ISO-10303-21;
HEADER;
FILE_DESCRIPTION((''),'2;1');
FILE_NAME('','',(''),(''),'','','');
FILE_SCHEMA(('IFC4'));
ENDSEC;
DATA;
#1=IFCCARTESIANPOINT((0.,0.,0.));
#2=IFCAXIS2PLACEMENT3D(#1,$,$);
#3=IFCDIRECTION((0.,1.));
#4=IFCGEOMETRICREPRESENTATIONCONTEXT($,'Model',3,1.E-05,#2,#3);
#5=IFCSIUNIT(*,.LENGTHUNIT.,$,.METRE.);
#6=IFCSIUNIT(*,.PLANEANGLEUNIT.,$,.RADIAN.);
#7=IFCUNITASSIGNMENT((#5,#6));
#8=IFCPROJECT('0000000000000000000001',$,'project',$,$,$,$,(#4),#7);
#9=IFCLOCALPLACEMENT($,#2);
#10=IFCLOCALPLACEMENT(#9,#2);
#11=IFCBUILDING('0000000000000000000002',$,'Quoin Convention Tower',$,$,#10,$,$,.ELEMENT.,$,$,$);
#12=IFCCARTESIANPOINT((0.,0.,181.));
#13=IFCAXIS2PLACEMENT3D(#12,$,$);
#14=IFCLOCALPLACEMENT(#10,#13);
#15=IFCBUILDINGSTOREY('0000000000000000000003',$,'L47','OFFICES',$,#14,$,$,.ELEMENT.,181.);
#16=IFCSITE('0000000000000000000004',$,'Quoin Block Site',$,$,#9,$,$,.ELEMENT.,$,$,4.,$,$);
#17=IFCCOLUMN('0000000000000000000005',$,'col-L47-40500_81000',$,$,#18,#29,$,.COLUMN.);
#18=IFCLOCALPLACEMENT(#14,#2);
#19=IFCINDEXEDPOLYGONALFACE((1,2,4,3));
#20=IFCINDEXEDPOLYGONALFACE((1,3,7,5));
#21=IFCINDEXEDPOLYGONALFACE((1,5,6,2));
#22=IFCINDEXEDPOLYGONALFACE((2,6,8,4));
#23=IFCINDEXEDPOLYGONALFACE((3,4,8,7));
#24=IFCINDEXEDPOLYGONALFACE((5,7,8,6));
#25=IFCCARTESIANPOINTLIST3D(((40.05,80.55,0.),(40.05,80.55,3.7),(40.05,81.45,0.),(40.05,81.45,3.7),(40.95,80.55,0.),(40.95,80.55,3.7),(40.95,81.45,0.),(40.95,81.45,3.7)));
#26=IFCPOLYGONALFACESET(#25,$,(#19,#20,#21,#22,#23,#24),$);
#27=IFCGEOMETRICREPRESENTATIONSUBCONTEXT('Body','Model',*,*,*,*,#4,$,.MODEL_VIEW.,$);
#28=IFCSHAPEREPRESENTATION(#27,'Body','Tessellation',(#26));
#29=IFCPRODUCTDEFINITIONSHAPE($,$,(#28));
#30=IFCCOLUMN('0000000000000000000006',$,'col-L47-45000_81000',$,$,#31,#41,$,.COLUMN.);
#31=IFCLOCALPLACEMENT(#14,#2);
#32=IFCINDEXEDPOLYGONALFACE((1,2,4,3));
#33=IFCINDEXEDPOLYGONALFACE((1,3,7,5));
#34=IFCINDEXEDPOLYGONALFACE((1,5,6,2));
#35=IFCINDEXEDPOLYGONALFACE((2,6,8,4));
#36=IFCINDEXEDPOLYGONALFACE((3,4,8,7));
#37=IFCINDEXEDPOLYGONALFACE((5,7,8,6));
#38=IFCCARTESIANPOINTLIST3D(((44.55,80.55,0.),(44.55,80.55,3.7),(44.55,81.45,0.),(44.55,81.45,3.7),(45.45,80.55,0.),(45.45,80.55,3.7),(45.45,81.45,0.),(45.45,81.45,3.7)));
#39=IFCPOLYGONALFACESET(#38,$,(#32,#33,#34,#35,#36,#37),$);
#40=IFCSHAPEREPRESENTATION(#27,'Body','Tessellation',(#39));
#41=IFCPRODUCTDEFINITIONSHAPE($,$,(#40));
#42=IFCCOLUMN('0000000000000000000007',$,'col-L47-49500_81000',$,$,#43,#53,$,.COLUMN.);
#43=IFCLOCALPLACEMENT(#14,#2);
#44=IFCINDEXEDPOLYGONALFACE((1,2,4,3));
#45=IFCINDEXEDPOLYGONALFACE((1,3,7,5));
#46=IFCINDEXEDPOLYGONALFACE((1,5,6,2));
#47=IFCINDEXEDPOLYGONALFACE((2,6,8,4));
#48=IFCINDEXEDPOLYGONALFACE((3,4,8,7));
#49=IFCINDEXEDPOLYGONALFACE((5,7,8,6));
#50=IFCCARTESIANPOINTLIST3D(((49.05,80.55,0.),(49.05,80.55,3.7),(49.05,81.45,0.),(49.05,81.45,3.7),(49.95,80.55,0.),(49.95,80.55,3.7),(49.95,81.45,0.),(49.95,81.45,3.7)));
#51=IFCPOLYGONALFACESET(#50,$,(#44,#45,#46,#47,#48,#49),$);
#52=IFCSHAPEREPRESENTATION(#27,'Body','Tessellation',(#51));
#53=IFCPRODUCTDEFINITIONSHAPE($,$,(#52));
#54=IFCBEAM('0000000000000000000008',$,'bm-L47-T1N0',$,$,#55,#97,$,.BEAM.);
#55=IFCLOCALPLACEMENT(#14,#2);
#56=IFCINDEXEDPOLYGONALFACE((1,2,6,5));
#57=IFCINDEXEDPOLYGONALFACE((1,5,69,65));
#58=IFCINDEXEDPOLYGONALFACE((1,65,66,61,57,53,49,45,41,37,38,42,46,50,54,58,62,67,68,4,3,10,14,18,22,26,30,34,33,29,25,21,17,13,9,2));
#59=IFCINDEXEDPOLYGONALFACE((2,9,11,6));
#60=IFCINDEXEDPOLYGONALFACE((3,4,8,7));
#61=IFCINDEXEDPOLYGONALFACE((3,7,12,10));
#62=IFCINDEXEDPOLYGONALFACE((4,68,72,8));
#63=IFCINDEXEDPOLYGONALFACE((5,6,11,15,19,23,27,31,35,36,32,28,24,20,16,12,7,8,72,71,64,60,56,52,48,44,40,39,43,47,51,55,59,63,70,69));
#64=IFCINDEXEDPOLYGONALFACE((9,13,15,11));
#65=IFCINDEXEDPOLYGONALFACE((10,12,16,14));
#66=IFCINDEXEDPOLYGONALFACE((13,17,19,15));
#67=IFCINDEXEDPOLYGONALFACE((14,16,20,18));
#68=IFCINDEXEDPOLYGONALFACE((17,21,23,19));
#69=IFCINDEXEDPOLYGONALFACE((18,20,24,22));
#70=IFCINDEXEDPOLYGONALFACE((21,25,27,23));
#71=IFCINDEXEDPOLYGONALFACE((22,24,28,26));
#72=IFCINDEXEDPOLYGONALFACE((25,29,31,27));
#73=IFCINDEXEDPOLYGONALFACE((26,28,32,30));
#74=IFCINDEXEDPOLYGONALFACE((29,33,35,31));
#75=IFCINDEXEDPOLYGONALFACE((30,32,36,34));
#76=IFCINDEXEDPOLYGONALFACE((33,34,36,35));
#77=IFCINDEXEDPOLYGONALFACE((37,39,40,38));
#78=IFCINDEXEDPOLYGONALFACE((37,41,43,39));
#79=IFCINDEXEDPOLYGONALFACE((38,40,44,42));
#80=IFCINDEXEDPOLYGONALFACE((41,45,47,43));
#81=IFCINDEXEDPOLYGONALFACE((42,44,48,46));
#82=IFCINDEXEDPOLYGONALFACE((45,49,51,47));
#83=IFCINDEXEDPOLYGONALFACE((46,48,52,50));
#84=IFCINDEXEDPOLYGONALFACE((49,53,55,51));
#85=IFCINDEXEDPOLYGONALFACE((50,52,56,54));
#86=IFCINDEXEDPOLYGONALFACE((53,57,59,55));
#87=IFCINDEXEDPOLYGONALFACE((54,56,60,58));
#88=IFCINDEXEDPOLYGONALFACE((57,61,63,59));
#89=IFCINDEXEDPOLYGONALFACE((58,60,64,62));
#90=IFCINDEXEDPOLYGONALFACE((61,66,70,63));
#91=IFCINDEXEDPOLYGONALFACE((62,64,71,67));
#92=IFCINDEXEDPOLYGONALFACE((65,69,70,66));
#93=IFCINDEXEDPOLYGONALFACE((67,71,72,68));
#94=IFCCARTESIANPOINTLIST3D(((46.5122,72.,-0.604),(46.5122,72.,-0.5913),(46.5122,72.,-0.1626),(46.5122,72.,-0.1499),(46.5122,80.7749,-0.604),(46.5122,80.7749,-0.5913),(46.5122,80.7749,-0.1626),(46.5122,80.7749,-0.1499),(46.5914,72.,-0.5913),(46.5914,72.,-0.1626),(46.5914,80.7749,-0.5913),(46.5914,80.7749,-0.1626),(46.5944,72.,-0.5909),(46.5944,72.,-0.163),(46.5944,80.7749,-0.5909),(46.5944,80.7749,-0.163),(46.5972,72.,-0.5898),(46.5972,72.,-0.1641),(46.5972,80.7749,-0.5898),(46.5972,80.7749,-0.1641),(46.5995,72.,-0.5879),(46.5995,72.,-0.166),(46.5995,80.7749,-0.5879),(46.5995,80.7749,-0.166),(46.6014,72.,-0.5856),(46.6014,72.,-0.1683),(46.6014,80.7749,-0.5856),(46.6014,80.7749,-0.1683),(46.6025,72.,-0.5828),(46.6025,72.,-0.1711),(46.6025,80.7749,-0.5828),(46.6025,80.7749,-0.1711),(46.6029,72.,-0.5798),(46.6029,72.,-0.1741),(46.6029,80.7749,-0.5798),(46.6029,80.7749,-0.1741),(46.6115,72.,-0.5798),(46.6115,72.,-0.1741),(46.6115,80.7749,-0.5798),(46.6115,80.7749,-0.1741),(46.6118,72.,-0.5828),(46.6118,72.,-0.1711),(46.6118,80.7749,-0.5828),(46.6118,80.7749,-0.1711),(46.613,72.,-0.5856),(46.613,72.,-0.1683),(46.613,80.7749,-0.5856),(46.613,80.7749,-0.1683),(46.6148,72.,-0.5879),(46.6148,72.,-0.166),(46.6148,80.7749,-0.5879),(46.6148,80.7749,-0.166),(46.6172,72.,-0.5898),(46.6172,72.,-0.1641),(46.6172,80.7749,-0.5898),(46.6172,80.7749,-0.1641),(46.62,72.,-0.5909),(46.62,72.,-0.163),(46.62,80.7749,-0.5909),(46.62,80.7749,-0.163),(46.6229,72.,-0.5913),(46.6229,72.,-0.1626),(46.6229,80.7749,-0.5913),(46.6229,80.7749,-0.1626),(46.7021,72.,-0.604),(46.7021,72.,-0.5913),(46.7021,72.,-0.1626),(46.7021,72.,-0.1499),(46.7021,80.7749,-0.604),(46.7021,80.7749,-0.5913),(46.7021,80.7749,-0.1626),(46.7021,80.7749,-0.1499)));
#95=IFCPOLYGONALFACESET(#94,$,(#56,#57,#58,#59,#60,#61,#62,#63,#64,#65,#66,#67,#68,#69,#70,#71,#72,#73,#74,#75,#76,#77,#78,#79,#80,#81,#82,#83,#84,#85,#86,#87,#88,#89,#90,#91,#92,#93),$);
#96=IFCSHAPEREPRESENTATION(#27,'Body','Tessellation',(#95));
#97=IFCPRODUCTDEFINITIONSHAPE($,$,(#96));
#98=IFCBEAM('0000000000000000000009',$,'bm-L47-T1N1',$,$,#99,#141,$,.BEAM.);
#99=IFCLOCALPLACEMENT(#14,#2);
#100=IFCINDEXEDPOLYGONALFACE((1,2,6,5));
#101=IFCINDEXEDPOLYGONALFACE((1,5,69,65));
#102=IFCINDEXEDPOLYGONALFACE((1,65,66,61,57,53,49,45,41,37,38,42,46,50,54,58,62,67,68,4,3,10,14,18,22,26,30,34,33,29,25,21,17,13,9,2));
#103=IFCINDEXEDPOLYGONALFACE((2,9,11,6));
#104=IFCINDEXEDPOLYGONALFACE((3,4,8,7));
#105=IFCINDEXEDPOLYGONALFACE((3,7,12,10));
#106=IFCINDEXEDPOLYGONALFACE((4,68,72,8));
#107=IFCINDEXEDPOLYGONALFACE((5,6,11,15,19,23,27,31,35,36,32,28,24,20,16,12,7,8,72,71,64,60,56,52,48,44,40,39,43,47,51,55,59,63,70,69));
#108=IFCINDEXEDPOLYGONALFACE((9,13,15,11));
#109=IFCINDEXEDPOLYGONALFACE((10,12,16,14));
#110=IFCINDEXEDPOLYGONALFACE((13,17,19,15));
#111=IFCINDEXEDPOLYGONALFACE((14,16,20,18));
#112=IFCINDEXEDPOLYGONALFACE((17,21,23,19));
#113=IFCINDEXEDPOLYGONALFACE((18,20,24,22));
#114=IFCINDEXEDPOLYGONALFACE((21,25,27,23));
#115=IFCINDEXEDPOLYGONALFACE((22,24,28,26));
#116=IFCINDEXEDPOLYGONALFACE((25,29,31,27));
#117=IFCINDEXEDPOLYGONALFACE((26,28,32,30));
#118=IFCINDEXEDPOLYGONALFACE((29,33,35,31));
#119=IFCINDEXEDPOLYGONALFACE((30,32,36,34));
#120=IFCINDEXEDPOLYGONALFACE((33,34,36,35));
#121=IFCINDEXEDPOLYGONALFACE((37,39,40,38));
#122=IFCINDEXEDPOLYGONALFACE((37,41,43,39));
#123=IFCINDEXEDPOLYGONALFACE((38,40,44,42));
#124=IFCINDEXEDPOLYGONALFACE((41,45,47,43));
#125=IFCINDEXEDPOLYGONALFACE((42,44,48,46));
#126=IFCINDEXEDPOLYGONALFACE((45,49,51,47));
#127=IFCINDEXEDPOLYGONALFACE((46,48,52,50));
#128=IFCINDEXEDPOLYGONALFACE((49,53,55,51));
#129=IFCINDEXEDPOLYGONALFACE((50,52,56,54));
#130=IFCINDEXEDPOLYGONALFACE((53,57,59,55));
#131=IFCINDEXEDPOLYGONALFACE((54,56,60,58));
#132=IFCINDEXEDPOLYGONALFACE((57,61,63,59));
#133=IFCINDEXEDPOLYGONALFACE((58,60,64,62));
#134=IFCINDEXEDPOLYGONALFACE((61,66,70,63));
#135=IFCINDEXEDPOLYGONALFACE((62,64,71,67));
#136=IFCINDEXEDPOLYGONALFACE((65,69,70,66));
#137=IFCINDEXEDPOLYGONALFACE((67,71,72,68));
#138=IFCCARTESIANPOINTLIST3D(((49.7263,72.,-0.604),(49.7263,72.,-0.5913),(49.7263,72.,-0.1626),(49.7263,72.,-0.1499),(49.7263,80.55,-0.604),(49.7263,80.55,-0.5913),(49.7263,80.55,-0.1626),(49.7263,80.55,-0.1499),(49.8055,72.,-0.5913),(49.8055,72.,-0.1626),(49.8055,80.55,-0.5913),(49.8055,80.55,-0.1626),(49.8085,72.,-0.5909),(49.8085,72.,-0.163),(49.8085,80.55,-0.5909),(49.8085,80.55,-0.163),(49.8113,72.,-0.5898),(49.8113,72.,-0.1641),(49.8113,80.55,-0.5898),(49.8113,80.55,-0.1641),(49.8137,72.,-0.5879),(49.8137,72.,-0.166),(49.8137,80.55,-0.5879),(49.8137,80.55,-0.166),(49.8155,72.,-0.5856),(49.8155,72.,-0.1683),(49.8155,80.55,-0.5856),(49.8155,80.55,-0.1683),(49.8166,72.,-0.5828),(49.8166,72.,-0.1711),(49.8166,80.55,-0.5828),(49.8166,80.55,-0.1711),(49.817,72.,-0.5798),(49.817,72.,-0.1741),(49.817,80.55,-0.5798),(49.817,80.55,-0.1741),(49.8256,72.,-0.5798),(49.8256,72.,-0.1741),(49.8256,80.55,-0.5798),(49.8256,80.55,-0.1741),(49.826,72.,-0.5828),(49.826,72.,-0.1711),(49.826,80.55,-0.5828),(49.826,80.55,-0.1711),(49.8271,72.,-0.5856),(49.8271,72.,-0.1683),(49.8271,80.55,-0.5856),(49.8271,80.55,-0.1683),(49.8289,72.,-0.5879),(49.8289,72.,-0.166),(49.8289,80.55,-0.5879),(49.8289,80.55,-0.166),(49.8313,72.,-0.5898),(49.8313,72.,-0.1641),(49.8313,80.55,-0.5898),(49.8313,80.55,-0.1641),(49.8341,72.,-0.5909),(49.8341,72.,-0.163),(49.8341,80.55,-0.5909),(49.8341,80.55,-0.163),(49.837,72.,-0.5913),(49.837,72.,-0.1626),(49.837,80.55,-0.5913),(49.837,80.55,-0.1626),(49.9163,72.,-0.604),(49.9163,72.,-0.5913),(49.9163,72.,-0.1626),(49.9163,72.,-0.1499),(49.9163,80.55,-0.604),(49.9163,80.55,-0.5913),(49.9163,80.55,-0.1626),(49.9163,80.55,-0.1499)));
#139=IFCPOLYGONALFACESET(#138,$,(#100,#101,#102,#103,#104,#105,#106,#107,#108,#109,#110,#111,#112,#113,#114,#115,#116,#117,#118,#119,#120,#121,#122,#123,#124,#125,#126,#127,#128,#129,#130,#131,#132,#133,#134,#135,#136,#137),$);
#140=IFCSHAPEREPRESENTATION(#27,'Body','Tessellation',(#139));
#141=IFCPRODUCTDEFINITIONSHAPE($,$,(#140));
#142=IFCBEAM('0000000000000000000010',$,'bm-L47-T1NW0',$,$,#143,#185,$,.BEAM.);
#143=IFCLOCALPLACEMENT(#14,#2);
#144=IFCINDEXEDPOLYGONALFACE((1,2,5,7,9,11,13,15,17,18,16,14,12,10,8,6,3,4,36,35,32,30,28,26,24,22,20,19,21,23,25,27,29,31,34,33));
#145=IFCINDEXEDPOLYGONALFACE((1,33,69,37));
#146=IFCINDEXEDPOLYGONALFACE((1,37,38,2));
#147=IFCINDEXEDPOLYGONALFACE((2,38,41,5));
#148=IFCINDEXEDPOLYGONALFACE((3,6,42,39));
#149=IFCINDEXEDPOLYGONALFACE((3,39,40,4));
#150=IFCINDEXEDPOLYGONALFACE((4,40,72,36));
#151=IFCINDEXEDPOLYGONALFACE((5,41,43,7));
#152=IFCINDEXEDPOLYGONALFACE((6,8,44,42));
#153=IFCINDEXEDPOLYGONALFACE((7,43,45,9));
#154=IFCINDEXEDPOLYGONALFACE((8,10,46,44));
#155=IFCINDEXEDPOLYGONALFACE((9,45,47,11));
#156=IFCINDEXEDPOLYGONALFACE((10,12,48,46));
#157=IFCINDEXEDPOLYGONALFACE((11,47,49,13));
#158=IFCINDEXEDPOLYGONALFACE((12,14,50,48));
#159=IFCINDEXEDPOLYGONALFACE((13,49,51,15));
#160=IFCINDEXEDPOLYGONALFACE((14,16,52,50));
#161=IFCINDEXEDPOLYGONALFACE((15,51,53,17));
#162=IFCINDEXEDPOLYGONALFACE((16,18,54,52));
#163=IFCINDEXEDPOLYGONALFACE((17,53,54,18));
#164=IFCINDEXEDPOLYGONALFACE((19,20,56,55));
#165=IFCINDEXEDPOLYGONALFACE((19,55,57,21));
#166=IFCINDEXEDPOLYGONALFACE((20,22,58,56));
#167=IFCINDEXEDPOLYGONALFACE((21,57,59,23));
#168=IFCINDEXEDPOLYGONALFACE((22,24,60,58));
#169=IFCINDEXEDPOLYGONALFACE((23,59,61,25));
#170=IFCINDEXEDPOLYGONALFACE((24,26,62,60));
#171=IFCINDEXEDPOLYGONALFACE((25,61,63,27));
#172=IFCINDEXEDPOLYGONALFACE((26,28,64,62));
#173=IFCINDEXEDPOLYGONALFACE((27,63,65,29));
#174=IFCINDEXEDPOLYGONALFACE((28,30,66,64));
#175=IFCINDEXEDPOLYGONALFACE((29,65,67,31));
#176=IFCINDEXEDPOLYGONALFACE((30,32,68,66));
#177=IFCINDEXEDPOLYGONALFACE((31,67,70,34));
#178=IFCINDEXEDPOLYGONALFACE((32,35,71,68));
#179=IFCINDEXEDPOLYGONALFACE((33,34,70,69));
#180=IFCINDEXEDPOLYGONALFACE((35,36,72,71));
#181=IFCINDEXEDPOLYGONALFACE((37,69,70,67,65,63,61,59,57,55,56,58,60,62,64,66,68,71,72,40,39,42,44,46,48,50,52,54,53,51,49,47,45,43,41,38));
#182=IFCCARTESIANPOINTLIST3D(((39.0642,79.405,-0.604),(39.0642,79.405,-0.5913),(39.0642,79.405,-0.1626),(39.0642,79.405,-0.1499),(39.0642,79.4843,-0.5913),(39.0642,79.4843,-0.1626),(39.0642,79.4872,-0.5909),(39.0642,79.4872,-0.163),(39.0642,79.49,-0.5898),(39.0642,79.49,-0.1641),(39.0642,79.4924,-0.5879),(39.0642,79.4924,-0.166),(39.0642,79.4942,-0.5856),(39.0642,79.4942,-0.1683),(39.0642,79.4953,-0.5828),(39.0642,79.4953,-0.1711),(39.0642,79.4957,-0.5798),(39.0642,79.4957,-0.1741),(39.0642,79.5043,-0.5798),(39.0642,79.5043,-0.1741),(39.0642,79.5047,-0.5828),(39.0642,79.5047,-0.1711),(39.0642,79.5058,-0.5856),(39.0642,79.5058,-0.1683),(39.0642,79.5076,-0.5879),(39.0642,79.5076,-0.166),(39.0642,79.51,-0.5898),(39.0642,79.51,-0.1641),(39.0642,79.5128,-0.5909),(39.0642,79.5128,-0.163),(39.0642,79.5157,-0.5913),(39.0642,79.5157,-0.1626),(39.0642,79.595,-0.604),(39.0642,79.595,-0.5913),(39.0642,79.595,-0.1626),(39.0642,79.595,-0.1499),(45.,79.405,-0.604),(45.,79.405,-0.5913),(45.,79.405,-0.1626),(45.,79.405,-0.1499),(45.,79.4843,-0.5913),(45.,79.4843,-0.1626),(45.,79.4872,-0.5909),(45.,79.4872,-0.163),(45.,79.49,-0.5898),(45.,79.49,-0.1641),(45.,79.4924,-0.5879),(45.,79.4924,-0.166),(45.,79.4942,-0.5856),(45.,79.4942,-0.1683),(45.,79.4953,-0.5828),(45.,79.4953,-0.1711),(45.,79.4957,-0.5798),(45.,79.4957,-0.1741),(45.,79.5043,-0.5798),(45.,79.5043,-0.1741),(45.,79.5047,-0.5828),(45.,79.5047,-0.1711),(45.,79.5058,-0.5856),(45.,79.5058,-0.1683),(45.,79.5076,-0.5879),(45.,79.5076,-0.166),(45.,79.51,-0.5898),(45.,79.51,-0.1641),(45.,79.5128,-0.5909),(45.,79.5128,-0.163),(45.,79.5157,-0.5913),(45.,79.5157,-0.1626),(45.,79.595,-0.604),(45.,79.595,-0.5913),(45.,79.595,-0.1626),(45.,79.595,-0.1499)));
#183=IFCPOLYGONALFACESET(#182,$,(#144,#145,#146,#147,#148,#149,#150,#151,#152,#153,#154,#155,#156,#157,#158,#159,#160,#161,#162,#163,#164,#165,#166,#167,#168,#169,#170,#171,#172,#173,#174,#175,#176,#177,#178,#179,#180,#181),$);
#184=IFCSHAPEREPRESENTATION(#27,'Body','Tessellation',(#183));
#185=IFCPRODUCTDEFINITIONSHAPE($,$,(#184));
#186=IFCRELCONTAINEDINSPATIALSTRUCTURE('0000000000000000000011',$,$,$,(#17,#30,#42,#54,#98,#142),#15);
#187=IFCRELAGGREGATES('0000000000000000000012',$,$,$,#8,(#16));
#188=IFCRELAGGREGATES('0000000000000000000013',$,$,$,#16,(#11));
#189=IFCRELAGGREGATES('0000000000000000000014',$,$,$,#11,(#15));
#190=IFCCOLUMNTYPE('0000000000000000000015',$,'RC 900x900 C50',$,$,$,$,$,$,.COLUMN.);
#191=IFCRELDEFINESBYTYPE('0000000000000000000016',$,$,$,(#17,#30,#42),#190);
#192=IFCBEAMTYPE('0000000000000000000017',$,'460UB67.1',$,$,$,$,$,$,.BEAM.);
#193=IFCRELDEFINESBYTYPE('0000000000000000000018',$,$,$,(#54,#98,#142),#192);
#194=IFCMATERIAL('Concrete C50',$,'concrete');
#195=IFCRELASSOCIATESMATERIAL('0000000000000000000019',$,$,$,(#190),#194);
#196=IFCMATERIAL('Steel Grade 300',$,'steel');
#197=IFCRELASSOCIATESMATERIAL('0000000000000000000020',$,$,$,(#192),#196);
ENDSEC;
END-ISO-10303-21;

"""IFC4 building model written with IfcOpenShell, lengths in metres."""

from ifc_helpers import new_model, si_unit, direction, frame, origin, origin_2d, place, context, subcontext, project, spatial, rectangle, i_section, extrude, material, material_profile, profile_set, type_object, element, save


model = new_model("IFC4")

# Units and contexts
model_context = context("Model", 3, precision=1e-05, world=origin(), true_north=direction((0.0, 1.0)))
body_context = subcontext(model_context, "Body", "Model", "MODEL_VIEW")
ifc_project = project(units=[si_unit("LENGTHUNIT", "METRE"), si_unit("PLANEANGLEUNIT", "RADIAN")], contexts=[model_context])

# Site, building, storey
site_placement = place(None, origin())
site = spatial("IfcSite", under=ifc_project, at=site_placement, Name="Quoin Block Site", CompositionType="ELEMENT", RefElevation=4.0)
building_placement = place(site_placement, origin())
building = spatial("IfcBuilding", under=site, at=building_placement, Name="Quoin Convention Tower", CompositionType="ELEMENT")
storey_placement = place(building_placement, frame((0.0, 0.0, 181.0)))
storey = spatial("IfcBuildingStorey", under=building, at=storey_placement, Name="L47", Description="OFFICES", CompositionType="ELEMENT", Elevation=181.0)

# Columns
ifc_material_1 = material(Name="Concrete C50", Category="concrete")
ifc_material_profile_1 = material_profile(ifc_material_1, rectangle(XDim=0.8999, YDim=0.8999, at=origin_2d()), Name="RC 900x900")
ifc_profile_set_1 = profile_set([ifc_material_profile_1], Name="Concrete C50")
column_type = type_object("IfcColumnType", Name="RC 900x900 C50", PredefinedType="COLUMN", material=ifc_profile_set_1)
for number, where, z_axis, x_axis, name in (
    (1, (40.5, 81.0, 0.0), (0.0, 0.0, 1.0), (1.0, 0.0, 0.0), "col-L47-40500_81000"),
    (2, (45.0, 81.0, 0.0), (0.0, 0.0, 1.0), (1.0, 0.0, 0.0), "col-L47-45000_81000"),
    (3, (49.5, 81.0, 0.0), (0.0, 0.0, 1.0), (1.0, 0.0, 0.0), "col-L47-49500_81000"),
):
    element("IfcColumn", number, at=place(storey_placement, frame(where, z_axis=z_axis, x_axis=x_axis)), inside=storey, type_object=column_type, Name=name, PredefinedType="COLUMN", context=body_context, shape_type="SweptSolid", body=[
        extrude(rectangle(XDim=0.8999, YDim=0.8999, at=origin_2d()), origin(), (0.0, 0.0, 1.0), 3.7),
    ])

# Beams
ifc_material_2 = material(Name="Steel Grade 300", Category="steel")
ifc_material_profile_2 = material_profile(ifc_material_2, i_section(OverallWidth=0.1899, OverallDepth=0.4541, WebThickness=0.0085, FlangeThickness=0.0127, FilletRadius=0.0115, at=origin_2d()), Name="460UB67.1")
ifc_profile_set_2 = profile_set([ifc_material_profile_2], Name="Steel Grade 300")
beam_type_1 = type_object("IfcBeamType", Name="460UB67.1", PredefinedType="BEAM", material=ifc_profile_set_2)
beam_1_placement = place(storey_placement, frame((46.6072, 72.0, -0.377), z_axis=(0.0, 1.0, 0.0), x_axis=(-1.0, 0.0, 0.0)))
element("IfcBeam", 4, at=beam_1_placement, inside=storey, type_object=beam_type_1, Name="bm-L47-T1N0", PredefinedType="BEAM", context=body_context, shape_type="SweptSolid", body=[
    extrude(i_section(OverallWidth=0.1899, OverallDepth=0.4541, WebThickness=0.0085, FlangeThickness=0.0127, FilletRadius=0.0115, at=origin_2d()), origin(), (0.0, 0.0, 1.0), 8.7749),
])
beam_2_placement = place(storey_placement, frame((49.8213, 72.0, -0.377), z_axis=(0.0, 1.0, 0.0), x_axis=(-1.0, 0.0, 0.0)))
element("IfcBeam", 5, at=beam_2_placement, inside=storey, type_object=beam_type_1, Name="bm-L47-T1N1", PredefinedType="BEAM", context=body_context, shape_type="SweptSolid", body=[
    extrude(i_section(OverallWidth=0.1899, OverallDepth=0.4541, WebThickness=0.0085, FlangeThickness=0.0127, FilletRadius=0.0115, at=origin_2d()), origin(), (0.0, 0.0, 1.0), 8.55),
])
beam_3_placement = place(storey_placement, frame((39.0642, 79.5, -0.377), z_axis=(1.0, 0.0, 0.0), x_axis=(0.0, 1.0, 0.0)))
element("IfcBeam", 6, at=beam_3_placement, inside=storey, type_object=beam_type_1, Name="bm-L47-T1NW0", PredefinedType="BEAM", context=body_context, shape_type="SweptSolid", body=[
    extrude(i_section(OverallWidth=0.1899, OverallDepth=0.4541, WebThickness=0.0085, FlangeThickness=0.0127, FilletRadius=0.0115, at=origin_2d()), origin(), (0.0, 0.0, 1.0), 5.9358),
])

save(model, "model.ifc")
